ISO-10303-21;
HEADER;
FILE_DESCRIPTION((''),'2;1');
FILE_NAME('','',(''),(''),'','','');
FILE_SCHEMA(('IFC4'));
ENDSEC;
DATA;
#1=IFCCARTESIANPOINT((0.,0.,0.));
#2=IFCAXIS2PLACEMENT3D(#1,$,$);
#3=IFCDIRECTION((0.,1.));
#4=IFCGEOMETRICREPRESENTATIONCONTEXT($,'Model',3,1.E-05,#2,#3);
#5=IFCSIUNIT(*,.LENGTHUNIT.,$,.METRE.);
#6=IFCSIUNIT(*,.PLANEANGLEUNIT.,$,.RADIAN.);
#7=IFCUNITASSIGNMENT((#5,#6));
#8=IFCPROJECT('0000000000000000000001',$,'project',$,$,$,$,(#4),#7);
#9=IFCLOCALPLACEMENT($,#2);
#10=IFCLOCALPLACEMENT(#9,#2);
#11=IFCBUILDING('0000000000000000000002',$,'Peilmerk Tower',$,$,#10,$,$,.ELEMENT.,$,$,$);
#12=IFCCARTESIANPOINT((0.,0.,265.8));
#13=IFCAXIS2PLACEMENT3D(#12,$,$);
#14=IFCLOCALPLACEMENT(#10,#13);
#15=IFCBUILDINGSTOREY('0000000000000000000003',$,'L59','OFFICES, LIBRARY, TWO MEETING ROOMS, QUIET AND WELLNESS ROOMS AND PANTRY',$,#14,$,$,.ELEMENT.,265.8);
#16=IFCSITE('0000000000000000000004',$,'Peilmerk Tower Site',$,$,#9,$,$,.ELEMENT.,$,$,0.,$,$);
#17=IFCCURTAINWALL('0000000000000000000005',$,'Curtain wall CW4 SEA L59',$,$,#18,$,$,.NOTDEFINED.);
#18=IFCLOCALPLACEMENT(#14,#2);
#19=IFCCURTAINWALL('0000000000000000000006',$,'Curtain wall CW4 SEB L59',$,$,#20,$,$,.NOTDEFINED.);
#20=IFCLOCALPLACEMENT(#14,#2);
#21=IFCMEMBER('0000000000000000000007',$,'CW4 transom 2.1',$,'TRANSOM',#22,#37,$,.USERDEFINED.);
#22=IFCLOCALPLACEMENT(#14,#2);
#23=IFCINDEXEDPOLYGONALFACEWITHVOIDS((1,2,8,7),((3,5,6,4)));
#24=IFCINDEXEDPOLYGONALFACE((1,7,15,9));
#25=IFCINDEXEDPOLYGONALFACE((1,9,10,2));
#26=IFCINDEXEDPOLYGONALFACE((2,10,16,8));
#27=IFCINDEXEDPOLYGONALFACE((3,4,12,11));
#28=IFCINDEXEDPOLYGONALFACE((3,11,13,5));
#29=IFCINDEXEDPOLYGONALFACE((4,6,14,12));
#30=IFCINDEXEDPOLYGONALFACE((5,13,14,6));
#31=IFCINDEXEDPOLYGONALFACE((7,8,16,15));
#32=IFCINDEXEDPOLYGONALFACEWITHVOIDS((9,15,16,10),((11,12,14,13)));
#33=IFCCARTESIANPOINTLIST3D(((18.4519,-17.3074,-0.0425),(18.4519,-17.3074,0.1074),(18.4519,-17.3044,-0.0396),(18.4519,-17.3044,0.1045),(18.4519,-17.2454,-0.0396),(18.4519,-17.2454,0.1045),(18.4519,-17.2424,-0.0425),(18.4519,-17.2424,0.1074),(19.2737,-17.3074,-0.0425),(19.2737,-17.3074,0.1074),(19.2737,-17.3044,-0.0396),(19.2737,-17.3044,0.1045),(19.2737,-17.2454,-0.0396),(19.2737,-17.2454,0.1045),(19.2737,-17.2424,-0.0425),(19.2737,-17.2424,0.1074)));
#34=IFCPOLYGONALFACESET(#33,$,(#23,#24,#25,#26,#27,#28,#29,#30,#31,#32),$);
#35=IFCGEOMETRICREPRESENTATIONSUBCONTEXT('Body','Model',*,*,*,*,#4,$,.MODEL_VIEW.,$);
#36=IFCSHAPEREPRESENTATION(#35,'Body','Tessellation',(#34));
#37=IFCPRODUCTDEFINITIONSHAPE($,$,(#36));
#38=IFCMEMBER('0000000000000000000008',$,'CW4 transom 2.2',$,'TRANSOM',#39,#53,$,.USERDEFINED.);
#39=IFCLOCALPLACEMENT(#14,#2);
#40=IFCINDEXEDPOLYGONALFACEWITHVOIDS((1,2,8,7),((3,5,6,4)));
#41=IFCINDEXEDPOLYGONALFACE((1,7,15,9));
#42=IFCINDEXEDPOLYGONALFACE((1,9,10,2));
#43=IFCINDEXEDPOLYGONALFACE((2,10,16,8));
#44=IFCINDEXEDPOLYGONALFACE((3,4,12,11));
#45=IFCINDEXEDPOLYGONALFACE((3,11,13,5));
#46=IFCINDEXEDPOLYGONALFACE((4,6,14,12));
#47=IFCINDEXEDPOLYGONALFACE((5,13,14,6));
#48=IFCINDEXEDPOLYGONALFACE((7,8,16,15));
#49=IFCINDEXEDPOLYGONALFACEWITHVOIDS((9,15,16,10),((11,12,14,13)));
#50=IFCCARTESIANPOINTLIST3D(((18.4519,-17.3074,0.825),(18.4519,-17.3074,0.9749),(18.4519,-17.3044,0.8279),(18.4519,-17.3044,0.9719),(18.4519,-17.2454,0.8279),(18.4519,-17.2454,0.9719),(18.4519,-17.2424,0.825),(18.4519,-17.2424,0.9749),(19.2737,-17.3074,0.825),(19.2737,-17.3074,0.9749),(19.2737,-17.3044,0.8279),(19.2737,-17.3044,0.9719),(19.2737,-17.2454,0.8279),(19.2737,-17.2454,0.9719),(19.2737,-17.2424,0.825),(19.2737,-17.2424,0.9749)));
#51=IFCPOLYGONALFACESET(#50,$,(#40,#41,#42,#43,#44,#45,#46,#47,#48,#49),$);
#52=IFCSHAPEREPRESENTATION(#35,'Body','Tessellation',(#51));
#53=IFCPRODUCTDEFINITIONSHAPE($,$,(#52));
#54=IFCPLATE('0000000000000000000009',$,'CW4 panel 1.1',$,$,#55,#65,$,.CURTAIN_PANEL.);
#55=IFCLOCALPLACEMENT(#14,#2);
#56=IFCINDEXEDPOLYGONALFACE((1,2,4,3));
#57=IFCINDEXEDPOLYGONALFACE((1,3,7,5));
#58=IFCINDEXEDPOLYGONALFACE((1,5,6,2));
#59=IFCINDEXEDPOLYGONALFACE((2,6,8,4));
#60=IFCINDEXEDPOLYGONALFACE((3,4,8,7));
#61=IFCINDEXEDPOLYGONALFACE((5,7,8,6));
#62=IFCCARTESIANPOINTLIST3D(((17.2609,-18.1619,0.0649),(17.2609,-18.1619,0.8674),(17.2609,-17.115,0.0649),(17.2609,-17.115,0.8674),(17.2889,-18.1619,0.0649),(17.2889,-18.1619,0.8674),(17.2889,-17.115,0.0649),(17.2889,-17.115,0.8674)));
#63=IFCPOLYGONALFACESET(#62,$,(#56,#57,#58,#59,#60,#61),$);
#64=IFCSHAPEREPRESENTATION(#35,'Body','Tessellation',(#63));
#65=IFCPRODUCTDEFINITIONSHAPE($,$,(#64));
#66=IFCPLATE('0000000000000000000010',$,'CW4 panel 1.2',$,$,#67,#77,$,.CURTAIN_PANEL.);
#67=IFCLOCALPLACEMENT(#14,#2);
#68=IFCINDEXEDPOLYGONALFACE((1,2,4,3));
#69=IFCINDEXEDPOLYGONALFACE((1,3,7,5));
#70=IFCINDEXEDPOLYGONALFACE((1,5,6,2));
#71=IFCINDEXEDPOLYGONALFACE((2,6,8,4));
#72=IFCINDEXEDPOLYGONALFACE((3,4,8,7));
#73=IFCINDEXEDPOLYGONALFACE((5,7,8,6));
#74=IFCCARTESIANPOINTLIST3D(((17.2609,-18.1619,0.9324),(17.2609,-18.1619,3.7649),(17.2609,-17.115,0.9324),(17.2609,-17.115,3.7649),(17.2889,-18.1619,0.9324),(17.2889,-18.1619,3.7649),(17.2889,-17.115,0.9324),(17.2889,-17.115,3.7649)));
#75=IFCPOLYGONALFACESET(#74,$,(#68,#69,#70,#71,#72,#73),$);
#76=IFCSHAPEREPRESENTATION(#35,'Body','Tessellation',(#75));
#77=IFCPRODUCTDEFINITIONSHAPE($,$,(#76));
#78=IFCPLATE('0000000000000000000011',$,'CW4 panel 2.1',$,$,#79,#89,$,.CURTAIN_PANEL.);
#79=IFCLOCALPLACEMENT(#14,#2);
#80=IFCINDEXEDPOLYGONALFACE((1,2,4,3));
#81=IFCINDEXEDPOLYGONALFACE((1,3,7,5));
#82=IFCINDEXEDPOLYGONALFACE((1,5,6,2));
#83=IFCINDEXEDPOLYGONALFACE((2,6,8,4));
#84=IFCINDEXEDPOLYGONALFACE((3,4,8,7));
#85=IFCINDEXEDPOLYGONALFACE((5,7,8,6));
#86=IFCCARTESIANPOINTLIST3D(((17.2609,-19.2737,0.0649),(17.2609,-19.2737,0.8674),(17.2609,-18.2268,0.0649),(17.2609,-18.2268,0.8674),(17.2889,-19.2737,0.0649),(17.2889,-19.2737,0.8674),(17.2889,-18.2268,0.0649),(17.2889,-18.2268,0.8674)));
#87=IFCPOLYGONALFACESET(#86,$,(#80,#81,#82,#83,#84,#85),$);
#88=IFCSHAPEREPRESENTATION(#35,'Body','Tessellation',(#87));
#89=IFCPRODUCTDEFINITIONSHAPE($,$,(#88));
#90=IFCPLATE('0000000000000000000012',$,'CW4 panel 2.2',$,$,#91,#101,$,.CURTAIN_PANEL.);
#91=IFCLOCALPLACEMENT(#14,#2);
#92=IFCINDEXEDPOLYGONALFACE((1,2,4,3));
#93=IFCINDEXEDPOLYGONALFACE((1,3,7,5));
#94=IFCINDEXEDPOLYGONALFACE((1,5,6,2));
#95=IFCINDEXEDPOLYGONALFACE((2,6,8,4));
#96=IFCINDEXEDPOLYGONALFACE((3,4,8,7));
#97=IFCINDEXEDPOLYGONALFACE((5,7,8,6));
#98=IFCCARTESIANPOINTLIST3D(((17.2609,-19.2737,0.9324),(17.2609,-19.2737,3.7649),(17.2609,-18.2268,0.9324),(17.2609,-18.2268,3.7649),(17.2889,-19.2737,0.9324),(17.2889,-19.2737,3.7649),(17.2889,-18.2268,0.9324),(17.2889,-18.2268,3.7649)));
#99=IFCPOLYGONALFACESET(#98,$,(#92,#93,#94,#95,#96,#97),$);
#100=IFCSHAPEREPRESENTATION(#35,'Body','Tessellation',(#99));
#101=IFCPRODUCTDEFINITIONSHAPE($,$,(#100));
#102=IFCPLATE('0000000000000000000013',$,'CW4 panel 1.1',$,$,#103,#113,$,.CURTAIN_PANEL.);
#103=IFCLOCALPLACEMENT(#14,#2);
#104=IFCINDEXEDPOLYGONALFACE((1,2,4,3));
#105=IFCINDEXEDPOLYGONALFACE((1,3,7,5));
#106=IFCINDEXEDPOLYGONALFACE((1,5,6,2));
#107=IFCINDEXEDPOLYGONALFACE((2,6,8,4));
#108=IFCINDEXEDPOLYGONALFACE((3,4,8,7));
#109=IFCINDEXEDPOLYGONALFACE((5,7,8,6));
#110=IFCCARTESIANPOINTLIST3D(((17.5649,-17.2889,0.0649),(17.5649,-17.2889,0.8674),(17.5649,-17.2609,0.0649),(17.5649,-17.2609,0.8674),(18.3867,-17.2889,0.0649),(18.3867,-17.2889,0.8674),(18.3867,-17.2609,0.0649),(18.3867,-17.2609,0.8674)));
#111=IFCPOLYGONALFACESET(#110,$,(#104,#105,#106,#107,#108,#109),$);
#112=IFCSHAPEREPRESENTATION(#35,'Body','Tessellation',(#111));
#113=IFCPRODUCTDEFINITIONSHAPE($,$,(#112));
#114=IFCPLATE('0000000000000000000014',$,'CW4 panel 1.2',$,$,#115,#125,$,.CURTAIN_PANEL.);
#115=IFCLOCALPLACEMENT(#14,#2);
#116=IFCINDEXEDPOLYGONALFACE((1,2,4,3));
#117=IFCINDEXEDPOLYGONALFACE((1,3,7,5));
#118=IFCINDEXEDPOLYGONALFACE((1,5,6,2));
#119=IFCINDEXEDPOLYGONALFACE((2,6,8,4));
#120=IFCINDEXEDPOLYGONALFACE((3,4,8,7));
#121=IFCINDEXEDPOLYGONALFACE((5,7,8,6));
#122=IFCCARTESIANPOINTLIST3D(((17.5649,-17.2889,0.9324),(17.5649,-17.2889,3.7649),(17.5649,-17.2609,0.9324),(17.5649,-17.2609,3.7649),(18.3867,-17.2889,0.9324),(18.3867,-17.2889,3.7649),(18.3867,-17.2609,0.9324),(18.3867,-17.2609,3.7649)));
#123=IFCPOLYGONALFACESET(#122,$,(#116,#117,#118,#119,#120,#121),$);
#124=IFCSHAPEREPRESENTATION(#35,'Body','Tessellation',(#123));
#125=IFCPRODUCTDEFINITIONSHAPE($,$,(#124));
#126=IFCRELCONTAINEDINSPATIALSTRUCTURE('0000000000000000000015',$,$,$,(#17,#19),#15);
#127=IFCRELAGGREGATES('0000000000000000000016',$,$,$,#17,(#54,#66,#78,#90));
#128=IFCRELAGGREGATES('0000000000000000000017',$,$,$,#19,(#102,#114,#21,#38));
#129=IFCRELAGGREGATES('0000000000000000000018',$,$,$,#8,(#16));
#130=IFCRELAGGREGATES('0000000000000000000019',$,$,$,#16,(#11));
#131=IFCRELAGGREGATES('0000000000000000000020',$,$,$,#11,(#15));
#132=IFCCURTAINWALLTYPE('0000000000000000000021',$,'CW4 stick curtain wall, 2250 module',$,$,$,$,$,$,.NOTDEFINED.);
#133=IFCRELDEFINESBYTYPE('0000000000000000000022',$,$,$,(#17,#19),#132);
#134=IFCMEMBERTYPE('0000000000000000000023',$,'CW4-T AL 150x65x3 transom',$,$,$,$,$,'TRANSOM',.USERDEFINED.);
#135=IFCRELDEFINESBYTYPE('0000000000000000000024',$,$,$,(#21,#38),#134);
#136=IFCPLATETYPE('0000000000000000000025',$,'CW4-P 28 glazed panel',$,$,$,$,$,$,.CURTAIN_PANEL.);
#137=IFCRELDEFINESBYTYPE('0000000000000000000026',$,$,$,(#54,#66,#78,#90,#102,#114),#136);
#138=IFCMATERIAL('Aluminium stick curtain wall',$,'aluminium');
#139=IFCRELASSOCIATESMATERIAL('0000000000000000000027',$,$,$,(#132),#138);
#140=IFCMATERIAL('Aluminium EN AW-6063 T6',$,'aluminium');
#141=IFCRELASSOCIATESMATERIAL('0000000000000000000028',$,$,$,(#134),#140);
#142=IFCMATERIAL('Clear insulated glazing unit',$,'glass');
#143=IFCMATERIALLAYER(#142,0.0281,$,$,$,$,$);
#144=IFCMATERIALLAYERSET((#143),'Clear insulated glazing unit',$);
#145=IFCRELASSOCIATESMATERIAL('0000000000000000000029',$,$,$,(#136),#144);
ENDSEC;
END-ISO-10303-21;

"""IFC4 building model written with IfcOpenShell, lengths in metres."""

from ifc_helpers import new_model, si_unit, direction, frame, origin, origin_2d, place, context, subcontext, project, spatial, rectangle, hollow_rectangle, extrude, material, layer, layer_set, material_profile, profile_set, type_object, element, aggregate, save


model = new_model("IFC4")

# Units and contexts
model_context = context("Model", 3, precision=1e-05, world=origin(), true_north=direction((0.0, 1.0)))
body_context = subcontext(model_context, "Body", "Model", "MODEL_VIEW")
ifc_project = project(units=[si_unit("LENGTHUNIT", "METRE"), si_unit("PLANEANGLEUNIT", "RADIAN")], contexts=[model_context])

# Site, building, storey
site_placement = place(None, origin())
site = spatial("IfcSite", under=ifc_project, at=site_placement, Name="Peilmerk Tower Site", CompositionType="ELEMENT", RefElevation=0.0)
building_placement = place(site_placement, origin())
building = spatial("IfcBuilding", under=site, at=building_placement, Name="Peilmerk Tower", CompositionType="ELEMENT")
storey_placement = place(building_placement, frame((0.0, 0.0, 265.8)))
storey = spatial("IfcBuildingStorey", under=building, at=storey_placement, Name="L59", Description="OFFICES, LIBRARY, TWO MEETING ROOMS, QUIET AND WELLNESS ROOMS AND PANTRY", CompositionType="ELEMENT", Elevation=265.8)

# Curtain walls
ifc_material_1 = material(Name="Aluminium stick curtain wall", Category="aluminium")
curtain_wall_type = type_object("IfcCurtainWallType", Name="CW4 stick curtain wall, 2250 module", PredefinedType="NOTDEFINED", material=ifc_material_1)
curtain_wall_1_placement = place(storey_placement, origin())
curtain_wall_1 = element("IfcCurtainWall", 1, at=curtain_wall_1_placement, inside=storey, type_object=curtain_wall_type, Name="Curtain wall CW4 SEA L59", PredefinedType="NOTDEFINED")
ifc_material_2 = material(Name="Aluminium EN AW-6063 T6", Category="aluminium")
curtain_wall_2_placement = place(storey_placement, origin())
curtain_wall_2 = element("IfcCurtainWall", 2, at=curtain_wall_2_placement, inside=storey, type_object=curtain_wall_type, Name="Curtain wall CW4 SEB L59", PredefinedType="NOTDEFINED")

# Members
ifc_material_profile_1 = material_profile(ifc_material_2, hollow_rectangle(XDim=0.0649, YDim=0.1499, WallThickness=0.0029, at=origin_2d()), Name="AL 150x65x3")
ifc_profile_set_1 = profile_set([ifc_material_profile_1], Name="Aluminium EN AW-6063 T6")
member_type_1 = type_object("IfcMemberType", Name="CW4-T AL 150x65x3 transom", ElementType="TRANSOM", PredefinedType="USERDEFINED", material=ifc_profile_set_1)
member_1_placement = place(storey_placement, frame((18.4519, -17.2749, 0.0325), z_axis=(1.0, 0.0, 0.0), x_axis=(0.0, 1.0, 0.0)))
member_1 = element("IfcMember", 3, at=member_1_placement, type_object=member_type_1, Name="CW4 transom 2.1", ObjectType="TRANSOM", PredefinedType="USERDEFINED", context=body_context, shape_type="SweptSolid", body=[
    extrude(hollow_rectangle(XDim=0.0649, YDim=0.1499, WallThickness=0.0029, at=origin_2d()), origin(), (0.0, 0.0, 1.0), 0.8218),
])
member_2_placement = place(storey_placement, frame((18.4519, -17.2749, 0.8999), z_axis=(1.0, 0.0, 0.0), x_axis=(0.0, 1.0, 0.0)))
member_2 = element("IfcMember", 4, at=member_2_placement, type_object=member_type_1, Name="CW4 transom 2.2", ObjectType="TRANSOM", PredefinedType="USERDEFINED", context=body_context, shape_type="SweptSolid", body=[
    extrude(hollow_rectangle(XDim=0.0649, YDim=0.1499, WallThickness=0.0029, at=origin_2d()), origin(), (0.0, 0.0, 1.0), 0.8218),
])

# Plates
ifc_material_3 = material(Name="Clear insulated glazing unit", Category="glass")
ifc_layer_1 = layer(ifc_material_3, 0.0281)
ifc_layer_set_1 = layer_set([ifc_layer_1], Name="Clear insulated glazing unit")
plate_type = type_object("IfcPlateType", Name="CW4-P 28 glazed panel", PredefinedType="CURTAIN_PANEL", material=ifc_layer_set_1)
plate_1_placement = place(storey_placement, frame((17.2749, -17.6384, 0.0649), z_axis=(0.0, 0.0, 1.0), x_axis=(0.0, -1.0, 0.0)))
plate_1 = element("IfcPlate", 5, at=plate_1_placement, type_object=plate_type, Name="CW4 panel 1.1", PredefinedType="CURTAIN_PANEL", context=body_context, shape_type="SweptSolid", body=[
    extrude(rectangle(XDim=1.0469, YDim=0.0281, at=origin_2d()), origin(), (0.0, 0.0, 1.0), 0.8025),
])
plate_2_placement = place(storey_placement, frame((17.2749, -17.6384, 0.9324), z_axis=(0.0, 0.0, 1.0), x_axis=(0.0, -1.0, 0.0)))
plate_2 = element("IfcPlate", 6, at=plate_2_placement, type_object=plate_type, Name="CW4 panel 1.2", PredefinedType="CURTAIN_PANEL", context=body_context, shape_type="SweptSolid", body=[
    extrude(rectangle(XDim=1.0469, YDim=0.0281, at=origin_2d()), origin(), (0.0, 0.0, 1.0), 2.8325),
])
plate_3_placement = place(storey_placement, frame((17.2749, -18.7502, 0.0649), z_axis=(0.0, 0.0, 1.0), x_axis=(0.0, -1.0, 0.0)))
plate_3 = element("IfcPlate", 7, at=plate_3_placement, type_object=plate_type, Name="CW4 panel 2.1", PredefinedType="CURTAIN_PANEL", context=body_context, shape_type="SweptSolid", body=[
    extrude(rectangle(XDim=1.0469, YDim=0.0281, at=origin_2d()), origin(), (0.0, 0.0, 1.0), 0.8025),
])
plate_4_placement = place(storey_placement, frame((17.2749, -18.7502, 0.9324), z_axis=(0.0, 0.0, 1.0), x_axis=(0.0, -1.0, 0.0)))
plate_4 = element("IfcPlate", 8, at=plate_4_placement, type_object=plate_type, Name="CW4 panel 2.2", PredefinedType="CURTAIN_PANEL", context=body_context, shape_type="SweptSolid", body=[
    extrude(rectangle(XDim=1.0469, YDim=0.0281, at=origin_2d()), origin(), (0.0, 0.0, 1.0), 2.8325),
])
aggregate(curtain_wall_1, [plate_1, plate_2, plate_3, plate_4])
plate_5_placement = place(storey_placement, frame((17.9758, -17.2749, 0.0649), z_axis=(0.0, 0.0, 1.0), x_axis=(1.0, 0.0, 0.0)))
plate_5 = element("IfcPlate", 9, at=plate_5_placement, type_object=plate_type, Name="CW4 panel 1.1", PredefinedType="CURTAIN_PANEL", context=body_context, shape_type="SweptSolid", body=[
    extrude(rectangle(XDim=0.8218, YDim=0.0281, at=origin_2d()), origin(), (0.0, 0.0, 1.0), 0.8025),
])
plate_6_placement = place(storey_placement, frame((17.9758, -17.2749, 0.9324), z_axis=(0.0, 0.0, 1.0), x_axis=(1.0, 0.0, 0.0)))
plate_6 = element("IfcPlate", 10, at=plate_6_placement, type_object=plate_type, Name="CW4 panel 1.2", PredefinedType="CURTAIN_PANEL", context=body_context, shape_type="SweptSolid", body=[
    extrude(rectangle(XDim=0.8218, YDim=0.0281, at=origin_2d()), origin(), (0.0, 0.0, 1.0), 2.8325),
])
aggregate(curtain_wall_2, [plate_5, plate_6, member_1, member_2])

save(model, "model.ifc")
